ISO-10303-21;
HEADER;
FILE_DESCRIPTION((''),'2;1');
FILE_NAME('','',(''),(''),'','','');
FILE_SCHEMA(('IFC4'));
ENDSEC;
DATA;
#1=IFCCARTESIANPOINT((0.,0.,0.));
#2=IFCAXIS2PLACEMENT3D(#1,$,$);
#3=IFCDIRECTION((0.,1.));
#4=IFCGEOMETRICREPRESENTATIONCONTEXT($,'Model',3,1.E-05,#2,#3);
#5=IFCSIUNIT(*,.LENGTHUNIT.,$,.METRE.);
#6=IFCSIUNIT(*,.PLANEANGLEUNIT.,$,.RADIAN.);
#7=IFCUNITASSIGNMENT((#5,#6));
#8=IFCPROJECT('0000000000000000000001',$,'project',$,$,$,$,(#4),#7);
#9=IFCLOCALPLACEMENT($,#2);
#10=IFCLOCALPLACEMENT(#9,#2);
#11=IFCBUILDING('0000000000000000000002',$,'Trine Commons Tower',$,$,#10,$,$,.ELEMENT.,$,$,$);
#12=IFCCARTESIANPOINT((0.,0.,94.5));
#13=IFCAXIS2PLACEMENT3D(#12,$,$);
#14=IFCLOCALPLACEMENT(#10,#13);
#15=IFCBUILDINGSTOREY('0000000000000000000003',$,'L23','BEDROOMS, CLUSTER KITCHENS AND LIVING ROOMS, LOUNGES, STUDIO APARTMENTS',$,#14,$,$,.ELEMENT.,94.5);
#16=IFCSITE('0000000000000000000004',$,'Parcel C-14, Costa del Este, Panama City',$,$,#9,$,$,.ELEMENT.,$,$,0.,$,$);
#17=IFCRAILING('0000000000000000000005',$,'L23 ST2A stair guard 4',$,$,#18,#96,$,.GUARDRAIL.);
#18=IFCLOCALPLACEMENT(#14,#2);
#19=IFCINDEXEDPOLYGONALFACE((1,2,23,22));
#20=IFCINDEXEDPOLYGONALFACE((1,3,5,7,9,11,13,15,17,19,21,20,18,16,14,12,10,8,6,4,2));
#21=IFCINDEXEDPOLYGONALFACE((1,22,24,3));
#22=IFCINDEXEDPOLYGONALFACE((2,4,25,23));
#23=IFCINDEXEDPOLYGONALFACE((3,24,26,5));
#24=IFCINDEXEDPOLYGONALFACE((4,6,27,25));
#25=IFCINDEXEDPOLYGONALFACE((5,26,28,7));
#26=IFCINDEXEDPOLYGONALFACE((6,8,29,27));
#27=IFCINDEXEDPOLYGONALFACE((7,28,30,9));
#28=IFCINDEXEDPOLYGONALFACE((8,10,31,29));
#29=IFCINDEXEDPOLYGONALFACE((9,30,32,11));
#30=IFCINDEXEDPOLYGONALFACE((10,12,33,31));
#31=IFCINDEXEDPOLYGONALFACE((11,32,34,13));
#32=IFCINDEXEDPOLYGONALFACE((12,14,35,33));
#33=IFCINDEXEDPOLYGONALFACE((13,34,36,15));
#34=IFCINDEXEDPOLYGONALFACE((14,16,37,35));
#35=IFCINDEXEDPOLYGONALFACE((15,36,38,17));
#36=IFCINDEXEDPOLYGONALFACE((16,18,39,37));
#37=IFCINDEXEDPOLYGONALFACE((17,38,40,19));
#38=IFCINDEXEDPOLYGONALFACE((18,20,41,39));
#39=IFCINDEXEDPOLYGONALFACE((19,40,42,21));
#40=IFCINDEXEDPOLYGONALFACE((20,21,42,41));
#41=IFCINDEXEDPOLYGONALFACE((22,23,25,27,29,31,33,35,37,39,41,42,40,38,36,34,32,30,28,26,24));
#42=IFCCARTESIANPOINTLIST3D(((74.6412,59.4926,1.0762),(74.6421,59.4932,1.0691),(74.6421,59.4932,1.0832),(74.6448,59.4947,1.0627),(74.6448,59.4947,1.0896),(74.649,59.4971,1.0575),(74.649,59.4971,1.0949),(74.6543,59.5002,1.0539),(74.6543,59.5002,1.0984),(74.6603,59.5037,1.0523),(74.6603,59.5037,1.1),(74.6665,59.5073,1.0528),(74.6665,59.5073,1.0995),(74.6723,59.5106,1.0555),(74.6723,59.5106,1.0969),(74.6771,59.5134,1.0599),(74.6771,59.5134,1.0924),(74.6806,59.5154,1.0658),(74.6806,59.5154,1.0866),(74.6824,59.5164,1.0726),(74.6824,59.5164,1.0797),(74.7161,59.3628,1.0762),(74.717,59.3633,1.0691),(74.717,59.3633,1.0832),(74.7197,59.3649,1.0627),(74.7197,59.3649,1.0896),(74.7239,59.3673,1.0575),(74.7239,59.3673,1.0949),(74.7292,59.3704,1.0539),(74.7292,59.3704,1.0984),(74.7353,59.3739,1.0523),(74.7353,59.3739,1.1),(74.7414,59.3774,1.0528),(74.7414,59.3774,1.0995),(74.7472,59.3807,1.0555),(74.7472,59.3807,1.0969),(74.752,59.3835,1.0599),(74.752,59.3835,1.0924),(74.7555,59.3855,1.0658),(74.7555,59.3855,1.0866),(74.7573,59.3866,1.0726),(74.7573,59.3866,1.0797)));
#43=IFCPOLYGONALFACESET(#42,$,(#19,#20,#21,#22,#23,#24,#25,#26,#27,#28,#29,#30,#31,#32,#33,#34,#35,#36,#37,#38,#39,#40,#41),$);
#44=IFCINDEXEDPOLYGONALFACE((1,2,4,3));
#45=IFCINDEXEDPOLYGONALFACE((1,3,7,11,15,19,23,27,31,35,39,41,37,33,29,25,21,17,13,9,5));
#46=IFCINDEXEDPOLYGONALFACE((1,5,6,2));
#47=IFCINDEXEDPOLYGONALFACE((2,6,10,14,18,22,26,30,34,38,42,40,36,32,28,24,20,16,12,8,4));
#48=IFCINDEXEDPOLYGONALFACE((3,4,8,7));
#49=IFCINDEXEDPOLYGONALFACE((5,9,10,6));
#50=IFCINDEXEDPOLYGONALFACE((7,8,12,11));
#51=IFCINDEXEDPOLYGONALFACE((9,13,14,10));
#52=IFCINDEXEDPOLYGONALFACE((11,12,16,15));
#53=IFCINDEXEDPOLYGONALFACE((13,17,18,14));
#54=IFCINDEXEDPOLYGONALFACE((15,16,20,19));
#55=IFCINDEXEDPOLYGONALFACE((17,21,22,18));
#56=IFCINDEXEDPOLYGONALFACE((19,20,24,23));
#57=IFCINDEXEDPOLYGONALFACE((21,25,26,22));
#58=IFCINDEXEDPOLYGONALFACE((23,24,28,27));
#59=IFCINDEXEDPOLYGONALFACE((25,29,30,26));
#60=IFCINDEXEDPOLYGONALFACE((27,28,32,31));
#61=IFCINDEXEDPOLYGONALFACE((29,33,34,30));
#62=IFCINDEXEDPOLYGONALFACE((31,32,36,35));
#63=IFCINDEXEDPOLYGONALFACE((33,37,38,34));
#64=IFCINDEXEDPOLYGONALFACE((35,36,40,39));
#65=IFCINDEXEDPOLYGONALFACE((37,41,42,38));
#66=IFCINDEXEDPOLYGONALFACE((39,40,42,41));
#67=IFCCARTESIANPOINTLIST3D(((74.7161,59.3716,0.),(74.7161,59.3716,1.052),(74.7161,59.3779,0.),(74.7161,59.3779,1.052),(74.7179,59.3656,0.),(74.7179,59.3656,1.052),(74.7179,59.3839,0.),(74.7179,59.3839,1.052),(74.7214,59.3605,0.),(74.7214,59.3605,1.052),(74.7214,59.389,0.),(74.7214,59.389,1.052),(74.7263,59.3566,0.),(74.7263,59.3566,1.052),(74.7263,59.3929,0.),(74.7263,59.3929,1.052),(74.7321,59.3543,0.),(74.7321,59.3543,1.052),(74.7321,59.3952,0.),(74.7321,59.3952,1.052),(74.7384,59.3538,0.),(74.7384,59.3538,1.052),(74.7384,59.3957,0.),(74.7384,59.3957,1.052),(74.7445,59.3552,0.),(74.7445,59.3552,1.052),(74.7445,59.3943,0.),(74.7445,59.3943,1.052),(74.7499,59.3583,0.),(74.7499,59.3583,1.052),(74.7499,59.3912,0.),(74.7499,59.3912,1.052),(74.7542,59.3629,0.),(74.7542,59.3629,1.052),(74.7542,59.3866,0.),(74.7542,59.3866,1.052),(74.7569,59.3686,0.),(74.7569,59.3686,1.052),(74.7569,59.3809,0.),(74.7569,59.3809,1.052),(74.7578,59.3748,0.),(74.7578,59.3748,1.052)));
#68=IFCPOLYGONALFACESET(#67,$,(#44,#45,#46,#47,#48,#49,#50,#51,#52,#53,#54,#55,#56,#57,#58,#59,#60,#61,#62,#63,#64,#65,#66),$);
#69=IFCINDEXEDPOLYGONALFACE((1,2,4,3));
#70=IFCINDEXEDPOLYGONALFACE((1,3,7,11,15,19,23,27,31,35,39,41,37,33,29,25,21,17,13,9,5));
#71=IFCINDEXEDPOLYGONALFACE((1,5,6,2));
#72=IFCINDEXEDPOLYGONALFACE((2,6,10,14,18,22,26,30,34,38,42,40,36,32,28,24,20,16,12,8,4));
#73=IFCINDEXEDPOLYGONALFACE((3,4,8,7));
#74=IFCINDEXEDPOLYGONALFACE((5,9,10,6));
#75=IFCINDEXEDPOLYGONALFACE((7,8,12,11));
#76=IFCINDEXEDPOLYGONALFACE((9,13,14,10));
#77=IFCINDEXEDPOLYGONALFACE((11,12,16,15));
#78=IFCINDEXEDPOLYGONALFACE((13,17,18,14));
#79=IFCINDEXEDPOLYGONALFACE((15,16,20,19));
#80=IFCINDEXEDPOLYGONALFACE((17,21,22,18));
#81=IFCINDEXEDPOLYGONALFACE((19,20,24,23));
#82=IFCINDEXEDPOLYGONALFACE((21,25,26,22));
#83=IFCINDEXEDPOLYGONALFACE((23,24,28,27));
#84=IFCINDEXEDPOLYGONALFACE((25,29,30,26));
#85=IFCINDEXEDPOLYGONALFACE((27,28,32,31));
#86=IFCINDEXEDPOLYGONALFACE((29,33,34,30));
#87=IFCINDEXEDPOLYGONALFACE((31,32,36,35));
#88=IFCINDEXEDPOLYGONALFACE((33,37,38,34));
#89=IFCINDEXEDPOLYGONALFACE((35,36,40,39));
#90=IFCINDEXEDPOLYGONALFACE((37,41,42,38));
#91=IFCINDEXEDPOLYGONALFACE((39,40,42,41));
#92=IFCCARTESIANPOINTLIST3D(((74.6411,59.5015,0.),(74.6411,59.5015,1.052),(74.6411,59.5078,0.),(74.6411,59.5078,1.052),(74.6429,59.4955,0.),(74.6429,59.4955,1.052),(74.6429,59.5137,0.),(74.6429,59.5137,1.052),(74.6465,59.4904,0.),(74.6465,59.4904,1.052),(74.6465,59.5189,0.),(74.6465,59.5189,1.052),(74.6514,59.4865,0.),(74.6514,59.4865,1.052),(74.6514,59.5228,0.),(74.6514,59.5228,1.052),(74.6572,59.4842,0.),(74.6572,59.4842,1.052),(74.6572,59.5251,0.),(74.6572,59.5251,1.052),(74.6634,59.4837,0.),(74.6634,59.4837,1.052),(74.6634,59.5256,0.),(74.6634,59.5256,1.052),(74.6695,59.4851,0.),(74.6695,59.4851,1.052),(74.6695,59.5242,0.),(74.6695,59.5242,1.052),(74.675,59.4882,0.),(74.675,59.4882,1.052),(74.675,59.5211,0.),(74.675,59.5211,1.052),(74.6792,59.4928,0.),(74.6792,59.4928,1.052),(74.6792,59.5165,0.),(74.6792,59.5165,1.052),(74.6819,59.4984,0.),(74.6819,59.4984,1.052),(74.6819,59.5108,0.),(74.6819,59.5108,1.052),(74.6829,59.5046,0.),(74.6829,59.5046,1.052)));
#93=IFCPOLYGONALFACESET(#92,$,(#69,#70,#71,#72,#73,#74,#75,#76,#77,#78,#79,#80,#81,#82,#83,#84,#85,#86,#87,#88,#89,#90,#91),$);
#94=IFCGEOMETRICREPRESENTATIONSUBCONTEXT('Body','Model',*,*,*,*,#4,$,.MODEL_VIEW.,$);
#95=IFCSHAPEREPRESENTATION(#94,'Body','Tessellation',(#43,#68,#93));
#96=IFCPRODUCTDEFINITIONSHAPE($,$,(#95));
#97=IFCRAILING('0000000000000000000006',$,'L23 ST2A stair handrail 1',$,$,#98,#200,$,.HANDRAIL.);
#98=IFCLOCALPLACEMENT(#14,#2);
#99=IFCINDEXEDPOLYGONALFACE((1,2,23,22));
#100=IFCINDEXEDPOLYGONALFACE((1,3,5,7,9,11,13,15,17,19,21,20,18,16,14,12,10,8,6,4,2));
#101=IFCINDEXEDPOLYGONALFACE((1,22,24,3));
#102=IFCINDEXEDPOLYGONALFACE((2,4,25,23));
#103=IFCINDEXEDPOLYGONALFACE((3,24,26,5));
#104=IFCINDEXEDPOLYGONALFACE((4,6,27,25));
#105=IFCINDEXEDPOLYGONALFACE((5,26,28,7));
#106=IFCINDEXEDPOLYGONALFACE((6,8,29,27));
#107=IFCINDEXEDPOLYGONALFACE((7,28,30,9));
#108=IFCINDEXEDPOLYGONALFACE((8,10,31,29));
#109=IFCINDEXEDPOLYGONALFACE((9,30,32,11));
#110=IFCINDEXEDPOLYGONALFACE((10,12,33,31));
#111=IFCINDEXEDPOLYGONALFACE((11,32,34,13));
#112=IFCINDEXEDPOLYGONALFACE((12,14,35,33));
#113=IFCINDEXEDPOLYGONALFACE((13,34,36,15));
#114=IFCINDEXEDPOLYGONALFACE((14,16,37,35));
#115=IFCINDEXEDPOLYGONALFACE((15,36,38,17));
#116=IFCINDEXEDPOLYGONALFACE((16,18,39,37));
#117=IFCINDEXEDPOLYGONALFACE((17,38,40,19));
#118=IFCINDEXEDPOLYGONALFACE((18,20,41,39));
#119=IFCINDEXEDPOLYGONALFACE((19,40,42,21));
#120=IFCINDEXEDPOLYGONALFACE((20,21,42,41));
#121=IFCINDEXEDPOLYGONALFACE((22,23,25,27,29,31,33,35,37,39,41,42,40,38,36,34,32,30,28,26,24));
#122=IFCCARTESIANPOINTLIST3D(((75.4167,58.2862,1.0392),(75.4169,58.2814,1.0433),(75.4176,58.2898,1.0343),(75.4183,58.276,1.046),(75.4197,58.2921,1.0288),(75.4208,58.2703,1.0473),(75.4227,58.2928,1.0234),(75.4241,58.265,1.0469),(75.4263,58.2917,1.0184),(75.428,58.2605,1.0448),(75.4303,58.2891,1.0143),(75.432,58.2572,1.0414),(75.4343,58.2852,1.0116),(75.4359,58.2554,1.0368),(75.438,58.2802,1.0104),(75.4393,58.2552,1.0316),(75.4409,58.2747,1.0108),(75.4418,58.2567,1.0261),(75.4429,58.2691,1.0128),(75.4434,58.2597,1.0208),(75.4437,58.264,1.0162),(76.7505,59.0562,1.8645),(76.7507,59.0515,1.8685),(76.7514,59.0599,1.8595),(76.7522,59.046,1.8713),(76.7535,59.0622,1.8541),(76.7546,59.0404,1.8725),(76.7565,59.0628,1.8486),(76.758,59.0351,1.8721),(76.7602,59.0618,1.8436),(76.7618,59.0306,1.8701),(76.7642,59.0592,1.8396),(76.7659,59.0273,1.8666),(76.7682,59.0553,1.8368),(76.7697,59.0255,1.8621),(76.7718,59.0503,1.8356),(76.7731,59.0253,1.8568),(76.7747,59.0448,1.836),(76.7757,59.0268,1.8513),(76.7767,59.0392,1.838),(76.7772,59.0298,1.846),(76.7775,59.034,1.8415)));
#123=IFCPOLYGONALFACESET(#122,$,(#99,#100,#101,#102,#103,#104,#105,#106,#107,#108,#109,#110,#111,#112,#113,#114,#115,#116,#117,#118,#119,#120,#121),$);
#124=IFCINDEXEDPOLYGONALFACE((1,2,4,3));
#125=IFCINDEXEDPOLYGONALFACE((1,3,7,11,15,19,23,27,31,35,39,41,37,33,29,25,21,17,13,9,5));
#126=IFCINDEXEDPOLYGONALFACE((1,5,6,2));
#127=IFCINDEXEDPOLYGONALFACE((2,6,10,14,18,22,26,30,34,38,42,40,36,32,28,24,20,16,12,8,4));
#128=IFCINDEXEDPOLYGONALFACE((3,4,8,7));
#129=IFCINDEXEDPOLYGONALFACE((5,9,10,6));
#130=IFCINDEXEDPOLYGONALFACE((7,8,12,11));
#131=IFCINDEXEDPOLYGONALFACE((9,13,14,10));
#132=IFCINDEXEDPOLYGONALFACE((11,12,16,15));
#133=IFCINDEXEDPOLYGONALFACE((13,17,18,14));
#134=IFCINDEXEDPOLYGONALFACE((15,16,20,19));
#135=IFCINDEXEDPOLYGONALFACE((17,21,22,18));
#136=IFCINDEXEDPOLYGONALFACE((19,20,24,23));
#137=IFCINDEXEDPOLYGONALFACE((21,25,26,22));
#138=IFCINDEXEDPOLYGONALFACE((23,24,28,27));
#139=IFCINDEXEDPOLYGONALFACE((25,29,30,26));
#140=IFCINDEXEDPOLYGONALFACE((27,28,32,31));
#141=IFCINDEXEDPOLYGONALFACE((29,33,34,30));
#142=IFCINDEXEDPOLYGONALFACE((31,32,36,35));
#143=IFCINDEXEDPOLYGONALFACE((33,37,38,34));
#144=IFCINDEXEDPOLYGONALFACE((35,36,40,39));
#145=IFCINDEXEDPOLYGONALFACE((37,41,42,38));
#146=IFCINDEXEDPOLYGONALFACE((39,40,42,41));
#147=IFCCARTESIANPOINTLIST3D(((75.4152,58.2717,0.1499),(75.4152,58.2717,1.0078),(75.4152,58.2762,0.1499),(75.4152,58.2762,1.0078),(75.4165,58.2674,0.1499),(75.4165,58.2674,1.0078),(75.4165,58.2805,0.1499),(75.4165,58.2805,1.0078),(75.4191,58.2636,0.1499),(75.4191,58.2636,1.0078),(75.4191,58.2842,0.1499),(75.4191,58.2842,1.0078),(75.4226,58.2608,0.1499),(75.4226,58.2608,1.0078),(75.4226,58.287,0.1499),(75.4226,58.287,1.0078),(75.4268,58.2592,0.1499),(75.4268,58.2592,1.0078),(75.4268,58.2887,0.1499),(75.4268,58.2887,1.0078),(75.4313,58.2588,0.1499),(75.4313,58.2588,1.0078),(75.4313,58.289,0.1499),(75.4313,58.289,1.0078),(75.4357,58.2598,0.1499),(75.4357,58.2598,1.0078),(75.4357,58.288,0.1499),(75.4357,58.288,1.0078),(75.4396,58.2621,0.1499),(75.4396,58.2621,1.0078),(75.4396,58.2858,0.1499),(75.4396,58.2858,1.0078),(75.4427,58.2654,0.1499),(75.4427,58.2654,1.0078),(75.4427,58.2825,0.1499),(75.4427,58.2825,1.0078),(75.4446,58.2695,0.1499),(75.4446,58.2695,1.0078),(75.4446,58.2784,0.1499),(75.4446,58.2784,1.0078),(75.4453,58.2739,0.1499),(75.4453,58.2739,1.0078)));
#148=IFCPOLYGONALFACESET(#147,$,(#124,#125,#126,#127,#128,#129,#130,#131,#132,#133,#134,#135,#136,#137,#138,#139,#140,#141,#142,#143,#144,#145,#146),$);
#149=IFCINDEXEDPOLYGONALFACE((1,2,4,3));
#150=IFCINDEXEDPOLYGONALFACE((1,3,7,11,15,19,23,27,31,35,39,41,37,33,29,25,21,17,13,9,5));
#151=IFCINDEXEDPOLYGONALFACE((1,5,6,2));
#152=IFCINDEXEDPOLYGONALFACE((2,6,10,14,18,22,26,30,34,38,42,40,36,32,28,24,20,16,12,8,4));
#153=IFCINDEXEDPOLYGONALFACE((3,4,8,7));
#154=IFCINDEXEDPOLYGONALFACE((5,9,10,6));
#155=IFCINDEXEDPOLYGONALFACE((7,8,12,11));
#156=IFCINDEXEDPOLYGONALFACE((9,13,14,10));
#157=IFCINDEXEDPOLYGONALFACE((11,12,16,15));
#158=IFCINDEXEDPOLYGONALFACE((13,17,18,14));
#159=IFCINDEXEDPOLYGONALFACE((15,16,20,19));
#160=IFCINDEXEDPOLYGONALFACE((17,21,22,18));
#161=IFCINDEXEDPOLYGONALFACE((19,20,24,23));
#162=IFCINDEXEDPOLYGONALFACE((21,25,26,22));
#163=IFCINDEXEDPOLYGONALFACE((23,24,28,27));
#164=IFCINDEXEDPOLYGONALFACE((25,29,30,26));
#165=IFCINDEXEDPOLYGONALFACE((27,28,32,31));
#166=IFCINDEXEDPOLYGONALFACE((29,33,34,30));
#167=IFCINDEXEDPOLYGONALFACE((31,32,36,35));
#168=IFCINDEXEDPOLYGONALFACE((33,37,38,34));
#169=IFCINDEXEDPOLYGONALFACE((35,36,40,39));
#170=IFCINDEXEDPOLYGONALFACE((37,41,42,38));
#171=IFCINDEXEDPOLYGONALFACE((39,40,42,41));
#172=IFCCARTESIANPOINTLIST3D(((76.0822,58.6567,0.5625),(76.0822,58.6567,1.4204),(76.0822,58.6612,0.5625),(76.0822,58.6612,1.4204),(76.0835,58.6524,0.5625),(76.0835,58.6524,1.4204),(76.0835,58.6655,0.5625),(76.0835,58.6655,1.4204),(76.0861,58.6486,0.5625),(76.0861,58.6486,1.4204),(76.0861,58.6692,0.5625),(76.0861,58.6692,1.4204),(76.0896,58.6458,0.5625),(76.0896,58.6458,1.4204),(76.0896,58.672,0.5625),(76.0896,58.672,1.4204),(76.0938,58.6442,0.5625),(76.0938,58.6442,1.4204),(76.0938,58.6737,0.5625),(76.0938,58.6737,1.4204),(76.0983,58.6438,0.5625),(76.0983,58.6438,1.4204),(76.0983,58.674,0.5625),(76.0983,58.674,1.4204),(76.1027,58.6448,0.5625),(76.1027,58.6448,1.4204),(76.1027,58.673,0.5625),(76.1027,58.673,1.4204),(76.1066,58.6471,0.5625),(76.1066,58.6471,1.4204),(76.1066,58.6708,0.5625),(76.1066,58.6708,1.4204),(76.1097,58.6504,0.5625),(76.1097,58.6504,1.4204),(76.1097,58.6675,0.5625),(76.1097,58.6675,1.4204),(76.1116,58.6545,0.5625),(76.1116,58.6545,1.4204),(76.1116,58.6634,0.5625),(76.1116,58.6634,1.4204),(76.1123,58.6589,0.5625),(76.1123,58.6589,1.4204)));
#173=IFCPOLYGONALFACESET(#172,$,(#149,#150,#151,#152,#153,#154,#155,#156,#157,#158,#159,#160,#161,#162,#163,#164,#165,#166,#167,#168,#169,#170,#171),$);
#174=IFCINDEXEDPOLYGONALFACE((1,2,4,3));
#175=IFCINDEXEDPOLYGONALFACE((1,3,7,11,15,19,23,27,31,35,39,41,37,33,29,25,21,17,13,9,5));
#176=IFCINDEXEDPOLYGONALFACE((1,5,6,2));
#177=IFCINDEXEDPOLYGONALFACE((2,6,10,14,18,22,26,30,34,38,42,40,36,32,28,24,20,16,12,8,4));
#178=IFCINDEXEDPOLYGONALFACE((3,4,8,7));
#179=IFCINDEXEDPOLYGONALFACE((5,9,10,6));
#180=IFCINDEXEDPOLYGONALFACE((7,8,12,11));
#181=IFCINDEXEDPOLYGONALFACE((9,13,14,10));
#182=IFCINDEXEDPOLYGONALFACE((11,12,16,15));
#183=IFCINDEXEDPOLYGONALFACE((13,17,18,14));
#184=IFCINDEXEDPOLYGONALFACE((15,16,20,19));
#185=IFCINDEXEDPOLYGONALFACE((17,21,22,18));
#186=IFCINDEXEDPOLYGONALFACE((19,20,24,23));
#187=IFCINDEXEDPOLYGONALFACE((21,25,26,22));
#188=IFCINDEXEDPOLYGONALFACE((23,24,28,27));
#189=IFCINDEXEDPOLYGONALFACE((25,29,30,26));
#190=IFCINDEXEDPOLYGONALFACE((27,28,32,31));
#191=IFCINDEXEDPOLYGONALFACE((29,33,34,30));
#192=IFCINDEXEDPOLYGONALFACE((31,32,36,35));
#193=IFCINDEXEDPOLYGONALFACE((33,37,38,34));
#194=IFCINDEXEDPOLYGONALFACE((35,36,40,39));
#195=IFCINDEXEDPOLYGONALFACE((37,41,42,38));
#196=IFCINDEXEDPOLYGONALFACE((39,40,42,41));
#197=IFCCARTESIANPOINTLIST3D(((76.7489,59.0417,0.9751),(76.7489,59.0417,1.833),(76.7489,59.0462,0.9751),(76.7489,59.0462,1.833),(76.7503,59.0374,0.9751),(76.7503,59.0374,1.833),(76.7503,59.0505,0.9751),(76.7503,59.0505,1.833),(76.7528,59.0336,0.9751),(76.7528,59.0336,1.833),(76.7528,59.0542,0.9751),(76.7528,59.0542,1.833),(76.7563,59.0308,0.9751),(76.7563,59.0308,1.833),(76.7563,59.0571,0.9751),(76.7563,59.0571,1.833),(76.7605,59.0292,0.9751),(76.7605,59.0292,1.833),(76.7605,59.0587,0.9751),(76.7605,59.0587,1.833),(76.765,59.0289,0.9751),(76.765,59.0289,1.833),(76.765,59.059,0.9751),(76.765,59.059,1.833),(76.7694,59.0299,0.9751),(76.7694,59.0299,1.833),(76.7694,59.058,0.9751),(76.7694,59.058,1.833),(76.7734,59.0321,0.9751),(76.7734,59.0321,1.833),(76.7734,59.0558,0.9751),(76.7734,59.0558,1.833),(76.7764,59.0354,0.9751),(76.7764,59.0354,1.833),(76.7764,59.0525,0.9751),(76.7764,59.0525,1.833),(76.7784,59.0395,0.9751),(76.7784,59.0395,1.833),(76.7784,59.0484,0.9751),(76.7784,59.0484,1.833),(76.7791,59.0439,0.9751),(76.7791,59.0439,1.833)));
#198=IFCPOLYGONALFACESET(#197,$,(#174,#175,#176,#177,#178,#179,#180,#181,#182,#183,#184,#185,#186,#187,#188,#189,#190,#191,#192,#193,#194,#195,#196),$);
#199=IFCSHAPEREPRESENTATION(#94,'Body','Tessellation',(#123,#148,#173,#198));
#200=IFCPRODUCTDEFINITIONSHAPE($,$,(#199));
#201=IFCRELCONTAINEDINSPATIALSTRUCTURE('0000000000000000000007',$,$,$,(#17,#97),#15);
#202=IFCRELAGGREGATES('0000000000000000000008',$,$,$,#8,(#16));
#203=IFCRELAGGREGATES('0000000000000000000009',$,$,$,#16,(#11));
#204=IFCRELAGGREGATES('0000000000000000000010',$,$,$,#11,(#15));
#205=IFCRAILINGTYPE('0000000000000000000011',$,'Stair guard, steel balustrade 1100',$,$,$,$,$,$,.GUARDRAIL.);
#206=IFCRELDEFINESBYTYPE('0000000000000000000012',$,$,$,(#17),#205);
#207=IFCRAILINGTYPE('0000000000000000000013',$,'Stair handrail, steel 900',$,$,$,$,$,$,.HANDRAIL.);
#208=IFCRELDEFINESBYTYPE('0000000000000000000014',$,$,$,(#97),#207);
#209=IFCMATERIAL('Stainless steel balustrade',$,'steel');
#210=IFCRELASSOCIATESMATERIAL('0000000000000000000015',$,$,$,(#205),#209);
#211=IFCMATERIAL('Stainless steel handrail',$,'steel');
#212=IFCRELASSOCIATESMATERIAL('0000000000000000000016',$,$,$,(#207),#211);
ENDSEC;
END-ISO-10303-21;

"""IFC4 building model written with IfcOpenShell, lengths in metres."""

from ifc_helpers import new_model, si_unit, direction, frame, origin, origin_2d, place, context, subcontext, project, spatial, circle, extrude, material, type_object, element, save


model = new_model("IFC4")

# Units and contexts
model_context = context("Model", 3, precision=1e-05, world=origin(), true_north=direction((0.0, 1.0)))
body_context = subcontext(model_context, "Body", "Model", "MODEL_VIEW")
ifc_project = project(units=[si_unit("LENGTHUNIT", "METRE"), si_unit("PLANEANGLEUNIT", "RADIAN")], contexts=[model_context])

# Site, building, storey
site_placement = place(None, origin())
site = spatial("IfcSite", under=ifc_project, at=site_placement, Name="Parcel C-14, Costa del Este, Panama City", CompositionType="ELEMENT", RefElevation=0.0)
building_placement = place(site_placement, origin())
building = spatial("IfcBuilding", under=site, at=building_placement, Name="Trine Commons Tower", CompositionType="ELEMENT")
storey_placement = place(building_placement, frame((0.0, 0.0, 94.5)))
storey = spatial("IfcBuildingStorey", under=building, at=storey_placement, Name="L23", Description="BEDROOMS, CLUSTER KITCHENS AND LIVING ROOMS, LOUNGES, STUDIO APARTMENTS", CompositionType="ELEMENT", Elevation=94.5)

# Railings
ifc_material_1 = material(Name="Stainless steel balustrade", Category="steel")
railing_type_1 = type_object("IfcRailingType", Name="Stair guard, steel balustrade 1100", PredefinedType="GUARDRAIL", material=ifc_material_1)
railing_1_placement = place(storey_placement, frame((74.7368, 59.3748, 0.0)))
element("IfcRailing", 1, at=railing_1_placement, inside=storey, type_object=railing_type_1, Name="L23 ST2A stair guard 4", PredefinedType="GUARDRAIL", context=body_context, shape_type="SweptSolid", body=[
    extrude(circle(Radius=0.0239, at=origin_2d()), frame((0.0, 0.0, 1.0762), z_axis=(-0.499816, 0.866131, 0.0), x_axis=(-0.866131, -0.499816, 0.0)), (0.0, 0.0, 1.0), 0.1499),
    extrude(circle(Radius=0.021, at=origin_2d()), origin(), (0.0, 0.0, 1.0), 1.052),
    extrude(circle(Radius=0.021, at=origin_2d()), frame((-0.075, 0.1299, 0.0)), (0.0, 0.0, 1.0), 1.052),
])
ifc_material_2 = material(Name="Stainless steel handrail", Category="steel")
railing_type_2 = type_object("IfcRailingType", Name="Stair handrail, steel 900", PredefinedType="HANDRAIL", material=ifc_material_2)
railing_2_placement = place(storey_placement, frame((75.4302, 58.2739, 0.1499)))
element("IfcRailing", 2, at=railing_2_placement, inside=storey, type_object=railing_type_2, Name="L23 ST2A stair handrail 1", PredefinedType="HANDRAIL", context=body_context, shape_type="SweptSolid", body=[
    extrude(circle(Radius=0.021, at=origin_2d()), frame((0.0, 0.0, 0.8789), z_axis=(0.763355, 0.440714, 0.472293), x_axis=(-0.499992, 0.86603, 0.0)), (0.0, 0.0, 1.0), 1.7473),
    extrude(circle(Radius=0.0151, at=origin_2d()), origin(), (0.0, 0.0, 1.0), 0.8579),
    extrude(circle(Radius=0.0151, at=origin_2d()), frame((0.667, 0.385, 0.4126)), (0.0, 0.0, 1.0), 0.8579),
    extrude(circle(Radius=0.0151, at=origin_2d()), frame((1.3337, 0.77, 0.8252)), (0.0, 0.0, 1.0), 0.8579),
])

save(model, "model.ifc")
